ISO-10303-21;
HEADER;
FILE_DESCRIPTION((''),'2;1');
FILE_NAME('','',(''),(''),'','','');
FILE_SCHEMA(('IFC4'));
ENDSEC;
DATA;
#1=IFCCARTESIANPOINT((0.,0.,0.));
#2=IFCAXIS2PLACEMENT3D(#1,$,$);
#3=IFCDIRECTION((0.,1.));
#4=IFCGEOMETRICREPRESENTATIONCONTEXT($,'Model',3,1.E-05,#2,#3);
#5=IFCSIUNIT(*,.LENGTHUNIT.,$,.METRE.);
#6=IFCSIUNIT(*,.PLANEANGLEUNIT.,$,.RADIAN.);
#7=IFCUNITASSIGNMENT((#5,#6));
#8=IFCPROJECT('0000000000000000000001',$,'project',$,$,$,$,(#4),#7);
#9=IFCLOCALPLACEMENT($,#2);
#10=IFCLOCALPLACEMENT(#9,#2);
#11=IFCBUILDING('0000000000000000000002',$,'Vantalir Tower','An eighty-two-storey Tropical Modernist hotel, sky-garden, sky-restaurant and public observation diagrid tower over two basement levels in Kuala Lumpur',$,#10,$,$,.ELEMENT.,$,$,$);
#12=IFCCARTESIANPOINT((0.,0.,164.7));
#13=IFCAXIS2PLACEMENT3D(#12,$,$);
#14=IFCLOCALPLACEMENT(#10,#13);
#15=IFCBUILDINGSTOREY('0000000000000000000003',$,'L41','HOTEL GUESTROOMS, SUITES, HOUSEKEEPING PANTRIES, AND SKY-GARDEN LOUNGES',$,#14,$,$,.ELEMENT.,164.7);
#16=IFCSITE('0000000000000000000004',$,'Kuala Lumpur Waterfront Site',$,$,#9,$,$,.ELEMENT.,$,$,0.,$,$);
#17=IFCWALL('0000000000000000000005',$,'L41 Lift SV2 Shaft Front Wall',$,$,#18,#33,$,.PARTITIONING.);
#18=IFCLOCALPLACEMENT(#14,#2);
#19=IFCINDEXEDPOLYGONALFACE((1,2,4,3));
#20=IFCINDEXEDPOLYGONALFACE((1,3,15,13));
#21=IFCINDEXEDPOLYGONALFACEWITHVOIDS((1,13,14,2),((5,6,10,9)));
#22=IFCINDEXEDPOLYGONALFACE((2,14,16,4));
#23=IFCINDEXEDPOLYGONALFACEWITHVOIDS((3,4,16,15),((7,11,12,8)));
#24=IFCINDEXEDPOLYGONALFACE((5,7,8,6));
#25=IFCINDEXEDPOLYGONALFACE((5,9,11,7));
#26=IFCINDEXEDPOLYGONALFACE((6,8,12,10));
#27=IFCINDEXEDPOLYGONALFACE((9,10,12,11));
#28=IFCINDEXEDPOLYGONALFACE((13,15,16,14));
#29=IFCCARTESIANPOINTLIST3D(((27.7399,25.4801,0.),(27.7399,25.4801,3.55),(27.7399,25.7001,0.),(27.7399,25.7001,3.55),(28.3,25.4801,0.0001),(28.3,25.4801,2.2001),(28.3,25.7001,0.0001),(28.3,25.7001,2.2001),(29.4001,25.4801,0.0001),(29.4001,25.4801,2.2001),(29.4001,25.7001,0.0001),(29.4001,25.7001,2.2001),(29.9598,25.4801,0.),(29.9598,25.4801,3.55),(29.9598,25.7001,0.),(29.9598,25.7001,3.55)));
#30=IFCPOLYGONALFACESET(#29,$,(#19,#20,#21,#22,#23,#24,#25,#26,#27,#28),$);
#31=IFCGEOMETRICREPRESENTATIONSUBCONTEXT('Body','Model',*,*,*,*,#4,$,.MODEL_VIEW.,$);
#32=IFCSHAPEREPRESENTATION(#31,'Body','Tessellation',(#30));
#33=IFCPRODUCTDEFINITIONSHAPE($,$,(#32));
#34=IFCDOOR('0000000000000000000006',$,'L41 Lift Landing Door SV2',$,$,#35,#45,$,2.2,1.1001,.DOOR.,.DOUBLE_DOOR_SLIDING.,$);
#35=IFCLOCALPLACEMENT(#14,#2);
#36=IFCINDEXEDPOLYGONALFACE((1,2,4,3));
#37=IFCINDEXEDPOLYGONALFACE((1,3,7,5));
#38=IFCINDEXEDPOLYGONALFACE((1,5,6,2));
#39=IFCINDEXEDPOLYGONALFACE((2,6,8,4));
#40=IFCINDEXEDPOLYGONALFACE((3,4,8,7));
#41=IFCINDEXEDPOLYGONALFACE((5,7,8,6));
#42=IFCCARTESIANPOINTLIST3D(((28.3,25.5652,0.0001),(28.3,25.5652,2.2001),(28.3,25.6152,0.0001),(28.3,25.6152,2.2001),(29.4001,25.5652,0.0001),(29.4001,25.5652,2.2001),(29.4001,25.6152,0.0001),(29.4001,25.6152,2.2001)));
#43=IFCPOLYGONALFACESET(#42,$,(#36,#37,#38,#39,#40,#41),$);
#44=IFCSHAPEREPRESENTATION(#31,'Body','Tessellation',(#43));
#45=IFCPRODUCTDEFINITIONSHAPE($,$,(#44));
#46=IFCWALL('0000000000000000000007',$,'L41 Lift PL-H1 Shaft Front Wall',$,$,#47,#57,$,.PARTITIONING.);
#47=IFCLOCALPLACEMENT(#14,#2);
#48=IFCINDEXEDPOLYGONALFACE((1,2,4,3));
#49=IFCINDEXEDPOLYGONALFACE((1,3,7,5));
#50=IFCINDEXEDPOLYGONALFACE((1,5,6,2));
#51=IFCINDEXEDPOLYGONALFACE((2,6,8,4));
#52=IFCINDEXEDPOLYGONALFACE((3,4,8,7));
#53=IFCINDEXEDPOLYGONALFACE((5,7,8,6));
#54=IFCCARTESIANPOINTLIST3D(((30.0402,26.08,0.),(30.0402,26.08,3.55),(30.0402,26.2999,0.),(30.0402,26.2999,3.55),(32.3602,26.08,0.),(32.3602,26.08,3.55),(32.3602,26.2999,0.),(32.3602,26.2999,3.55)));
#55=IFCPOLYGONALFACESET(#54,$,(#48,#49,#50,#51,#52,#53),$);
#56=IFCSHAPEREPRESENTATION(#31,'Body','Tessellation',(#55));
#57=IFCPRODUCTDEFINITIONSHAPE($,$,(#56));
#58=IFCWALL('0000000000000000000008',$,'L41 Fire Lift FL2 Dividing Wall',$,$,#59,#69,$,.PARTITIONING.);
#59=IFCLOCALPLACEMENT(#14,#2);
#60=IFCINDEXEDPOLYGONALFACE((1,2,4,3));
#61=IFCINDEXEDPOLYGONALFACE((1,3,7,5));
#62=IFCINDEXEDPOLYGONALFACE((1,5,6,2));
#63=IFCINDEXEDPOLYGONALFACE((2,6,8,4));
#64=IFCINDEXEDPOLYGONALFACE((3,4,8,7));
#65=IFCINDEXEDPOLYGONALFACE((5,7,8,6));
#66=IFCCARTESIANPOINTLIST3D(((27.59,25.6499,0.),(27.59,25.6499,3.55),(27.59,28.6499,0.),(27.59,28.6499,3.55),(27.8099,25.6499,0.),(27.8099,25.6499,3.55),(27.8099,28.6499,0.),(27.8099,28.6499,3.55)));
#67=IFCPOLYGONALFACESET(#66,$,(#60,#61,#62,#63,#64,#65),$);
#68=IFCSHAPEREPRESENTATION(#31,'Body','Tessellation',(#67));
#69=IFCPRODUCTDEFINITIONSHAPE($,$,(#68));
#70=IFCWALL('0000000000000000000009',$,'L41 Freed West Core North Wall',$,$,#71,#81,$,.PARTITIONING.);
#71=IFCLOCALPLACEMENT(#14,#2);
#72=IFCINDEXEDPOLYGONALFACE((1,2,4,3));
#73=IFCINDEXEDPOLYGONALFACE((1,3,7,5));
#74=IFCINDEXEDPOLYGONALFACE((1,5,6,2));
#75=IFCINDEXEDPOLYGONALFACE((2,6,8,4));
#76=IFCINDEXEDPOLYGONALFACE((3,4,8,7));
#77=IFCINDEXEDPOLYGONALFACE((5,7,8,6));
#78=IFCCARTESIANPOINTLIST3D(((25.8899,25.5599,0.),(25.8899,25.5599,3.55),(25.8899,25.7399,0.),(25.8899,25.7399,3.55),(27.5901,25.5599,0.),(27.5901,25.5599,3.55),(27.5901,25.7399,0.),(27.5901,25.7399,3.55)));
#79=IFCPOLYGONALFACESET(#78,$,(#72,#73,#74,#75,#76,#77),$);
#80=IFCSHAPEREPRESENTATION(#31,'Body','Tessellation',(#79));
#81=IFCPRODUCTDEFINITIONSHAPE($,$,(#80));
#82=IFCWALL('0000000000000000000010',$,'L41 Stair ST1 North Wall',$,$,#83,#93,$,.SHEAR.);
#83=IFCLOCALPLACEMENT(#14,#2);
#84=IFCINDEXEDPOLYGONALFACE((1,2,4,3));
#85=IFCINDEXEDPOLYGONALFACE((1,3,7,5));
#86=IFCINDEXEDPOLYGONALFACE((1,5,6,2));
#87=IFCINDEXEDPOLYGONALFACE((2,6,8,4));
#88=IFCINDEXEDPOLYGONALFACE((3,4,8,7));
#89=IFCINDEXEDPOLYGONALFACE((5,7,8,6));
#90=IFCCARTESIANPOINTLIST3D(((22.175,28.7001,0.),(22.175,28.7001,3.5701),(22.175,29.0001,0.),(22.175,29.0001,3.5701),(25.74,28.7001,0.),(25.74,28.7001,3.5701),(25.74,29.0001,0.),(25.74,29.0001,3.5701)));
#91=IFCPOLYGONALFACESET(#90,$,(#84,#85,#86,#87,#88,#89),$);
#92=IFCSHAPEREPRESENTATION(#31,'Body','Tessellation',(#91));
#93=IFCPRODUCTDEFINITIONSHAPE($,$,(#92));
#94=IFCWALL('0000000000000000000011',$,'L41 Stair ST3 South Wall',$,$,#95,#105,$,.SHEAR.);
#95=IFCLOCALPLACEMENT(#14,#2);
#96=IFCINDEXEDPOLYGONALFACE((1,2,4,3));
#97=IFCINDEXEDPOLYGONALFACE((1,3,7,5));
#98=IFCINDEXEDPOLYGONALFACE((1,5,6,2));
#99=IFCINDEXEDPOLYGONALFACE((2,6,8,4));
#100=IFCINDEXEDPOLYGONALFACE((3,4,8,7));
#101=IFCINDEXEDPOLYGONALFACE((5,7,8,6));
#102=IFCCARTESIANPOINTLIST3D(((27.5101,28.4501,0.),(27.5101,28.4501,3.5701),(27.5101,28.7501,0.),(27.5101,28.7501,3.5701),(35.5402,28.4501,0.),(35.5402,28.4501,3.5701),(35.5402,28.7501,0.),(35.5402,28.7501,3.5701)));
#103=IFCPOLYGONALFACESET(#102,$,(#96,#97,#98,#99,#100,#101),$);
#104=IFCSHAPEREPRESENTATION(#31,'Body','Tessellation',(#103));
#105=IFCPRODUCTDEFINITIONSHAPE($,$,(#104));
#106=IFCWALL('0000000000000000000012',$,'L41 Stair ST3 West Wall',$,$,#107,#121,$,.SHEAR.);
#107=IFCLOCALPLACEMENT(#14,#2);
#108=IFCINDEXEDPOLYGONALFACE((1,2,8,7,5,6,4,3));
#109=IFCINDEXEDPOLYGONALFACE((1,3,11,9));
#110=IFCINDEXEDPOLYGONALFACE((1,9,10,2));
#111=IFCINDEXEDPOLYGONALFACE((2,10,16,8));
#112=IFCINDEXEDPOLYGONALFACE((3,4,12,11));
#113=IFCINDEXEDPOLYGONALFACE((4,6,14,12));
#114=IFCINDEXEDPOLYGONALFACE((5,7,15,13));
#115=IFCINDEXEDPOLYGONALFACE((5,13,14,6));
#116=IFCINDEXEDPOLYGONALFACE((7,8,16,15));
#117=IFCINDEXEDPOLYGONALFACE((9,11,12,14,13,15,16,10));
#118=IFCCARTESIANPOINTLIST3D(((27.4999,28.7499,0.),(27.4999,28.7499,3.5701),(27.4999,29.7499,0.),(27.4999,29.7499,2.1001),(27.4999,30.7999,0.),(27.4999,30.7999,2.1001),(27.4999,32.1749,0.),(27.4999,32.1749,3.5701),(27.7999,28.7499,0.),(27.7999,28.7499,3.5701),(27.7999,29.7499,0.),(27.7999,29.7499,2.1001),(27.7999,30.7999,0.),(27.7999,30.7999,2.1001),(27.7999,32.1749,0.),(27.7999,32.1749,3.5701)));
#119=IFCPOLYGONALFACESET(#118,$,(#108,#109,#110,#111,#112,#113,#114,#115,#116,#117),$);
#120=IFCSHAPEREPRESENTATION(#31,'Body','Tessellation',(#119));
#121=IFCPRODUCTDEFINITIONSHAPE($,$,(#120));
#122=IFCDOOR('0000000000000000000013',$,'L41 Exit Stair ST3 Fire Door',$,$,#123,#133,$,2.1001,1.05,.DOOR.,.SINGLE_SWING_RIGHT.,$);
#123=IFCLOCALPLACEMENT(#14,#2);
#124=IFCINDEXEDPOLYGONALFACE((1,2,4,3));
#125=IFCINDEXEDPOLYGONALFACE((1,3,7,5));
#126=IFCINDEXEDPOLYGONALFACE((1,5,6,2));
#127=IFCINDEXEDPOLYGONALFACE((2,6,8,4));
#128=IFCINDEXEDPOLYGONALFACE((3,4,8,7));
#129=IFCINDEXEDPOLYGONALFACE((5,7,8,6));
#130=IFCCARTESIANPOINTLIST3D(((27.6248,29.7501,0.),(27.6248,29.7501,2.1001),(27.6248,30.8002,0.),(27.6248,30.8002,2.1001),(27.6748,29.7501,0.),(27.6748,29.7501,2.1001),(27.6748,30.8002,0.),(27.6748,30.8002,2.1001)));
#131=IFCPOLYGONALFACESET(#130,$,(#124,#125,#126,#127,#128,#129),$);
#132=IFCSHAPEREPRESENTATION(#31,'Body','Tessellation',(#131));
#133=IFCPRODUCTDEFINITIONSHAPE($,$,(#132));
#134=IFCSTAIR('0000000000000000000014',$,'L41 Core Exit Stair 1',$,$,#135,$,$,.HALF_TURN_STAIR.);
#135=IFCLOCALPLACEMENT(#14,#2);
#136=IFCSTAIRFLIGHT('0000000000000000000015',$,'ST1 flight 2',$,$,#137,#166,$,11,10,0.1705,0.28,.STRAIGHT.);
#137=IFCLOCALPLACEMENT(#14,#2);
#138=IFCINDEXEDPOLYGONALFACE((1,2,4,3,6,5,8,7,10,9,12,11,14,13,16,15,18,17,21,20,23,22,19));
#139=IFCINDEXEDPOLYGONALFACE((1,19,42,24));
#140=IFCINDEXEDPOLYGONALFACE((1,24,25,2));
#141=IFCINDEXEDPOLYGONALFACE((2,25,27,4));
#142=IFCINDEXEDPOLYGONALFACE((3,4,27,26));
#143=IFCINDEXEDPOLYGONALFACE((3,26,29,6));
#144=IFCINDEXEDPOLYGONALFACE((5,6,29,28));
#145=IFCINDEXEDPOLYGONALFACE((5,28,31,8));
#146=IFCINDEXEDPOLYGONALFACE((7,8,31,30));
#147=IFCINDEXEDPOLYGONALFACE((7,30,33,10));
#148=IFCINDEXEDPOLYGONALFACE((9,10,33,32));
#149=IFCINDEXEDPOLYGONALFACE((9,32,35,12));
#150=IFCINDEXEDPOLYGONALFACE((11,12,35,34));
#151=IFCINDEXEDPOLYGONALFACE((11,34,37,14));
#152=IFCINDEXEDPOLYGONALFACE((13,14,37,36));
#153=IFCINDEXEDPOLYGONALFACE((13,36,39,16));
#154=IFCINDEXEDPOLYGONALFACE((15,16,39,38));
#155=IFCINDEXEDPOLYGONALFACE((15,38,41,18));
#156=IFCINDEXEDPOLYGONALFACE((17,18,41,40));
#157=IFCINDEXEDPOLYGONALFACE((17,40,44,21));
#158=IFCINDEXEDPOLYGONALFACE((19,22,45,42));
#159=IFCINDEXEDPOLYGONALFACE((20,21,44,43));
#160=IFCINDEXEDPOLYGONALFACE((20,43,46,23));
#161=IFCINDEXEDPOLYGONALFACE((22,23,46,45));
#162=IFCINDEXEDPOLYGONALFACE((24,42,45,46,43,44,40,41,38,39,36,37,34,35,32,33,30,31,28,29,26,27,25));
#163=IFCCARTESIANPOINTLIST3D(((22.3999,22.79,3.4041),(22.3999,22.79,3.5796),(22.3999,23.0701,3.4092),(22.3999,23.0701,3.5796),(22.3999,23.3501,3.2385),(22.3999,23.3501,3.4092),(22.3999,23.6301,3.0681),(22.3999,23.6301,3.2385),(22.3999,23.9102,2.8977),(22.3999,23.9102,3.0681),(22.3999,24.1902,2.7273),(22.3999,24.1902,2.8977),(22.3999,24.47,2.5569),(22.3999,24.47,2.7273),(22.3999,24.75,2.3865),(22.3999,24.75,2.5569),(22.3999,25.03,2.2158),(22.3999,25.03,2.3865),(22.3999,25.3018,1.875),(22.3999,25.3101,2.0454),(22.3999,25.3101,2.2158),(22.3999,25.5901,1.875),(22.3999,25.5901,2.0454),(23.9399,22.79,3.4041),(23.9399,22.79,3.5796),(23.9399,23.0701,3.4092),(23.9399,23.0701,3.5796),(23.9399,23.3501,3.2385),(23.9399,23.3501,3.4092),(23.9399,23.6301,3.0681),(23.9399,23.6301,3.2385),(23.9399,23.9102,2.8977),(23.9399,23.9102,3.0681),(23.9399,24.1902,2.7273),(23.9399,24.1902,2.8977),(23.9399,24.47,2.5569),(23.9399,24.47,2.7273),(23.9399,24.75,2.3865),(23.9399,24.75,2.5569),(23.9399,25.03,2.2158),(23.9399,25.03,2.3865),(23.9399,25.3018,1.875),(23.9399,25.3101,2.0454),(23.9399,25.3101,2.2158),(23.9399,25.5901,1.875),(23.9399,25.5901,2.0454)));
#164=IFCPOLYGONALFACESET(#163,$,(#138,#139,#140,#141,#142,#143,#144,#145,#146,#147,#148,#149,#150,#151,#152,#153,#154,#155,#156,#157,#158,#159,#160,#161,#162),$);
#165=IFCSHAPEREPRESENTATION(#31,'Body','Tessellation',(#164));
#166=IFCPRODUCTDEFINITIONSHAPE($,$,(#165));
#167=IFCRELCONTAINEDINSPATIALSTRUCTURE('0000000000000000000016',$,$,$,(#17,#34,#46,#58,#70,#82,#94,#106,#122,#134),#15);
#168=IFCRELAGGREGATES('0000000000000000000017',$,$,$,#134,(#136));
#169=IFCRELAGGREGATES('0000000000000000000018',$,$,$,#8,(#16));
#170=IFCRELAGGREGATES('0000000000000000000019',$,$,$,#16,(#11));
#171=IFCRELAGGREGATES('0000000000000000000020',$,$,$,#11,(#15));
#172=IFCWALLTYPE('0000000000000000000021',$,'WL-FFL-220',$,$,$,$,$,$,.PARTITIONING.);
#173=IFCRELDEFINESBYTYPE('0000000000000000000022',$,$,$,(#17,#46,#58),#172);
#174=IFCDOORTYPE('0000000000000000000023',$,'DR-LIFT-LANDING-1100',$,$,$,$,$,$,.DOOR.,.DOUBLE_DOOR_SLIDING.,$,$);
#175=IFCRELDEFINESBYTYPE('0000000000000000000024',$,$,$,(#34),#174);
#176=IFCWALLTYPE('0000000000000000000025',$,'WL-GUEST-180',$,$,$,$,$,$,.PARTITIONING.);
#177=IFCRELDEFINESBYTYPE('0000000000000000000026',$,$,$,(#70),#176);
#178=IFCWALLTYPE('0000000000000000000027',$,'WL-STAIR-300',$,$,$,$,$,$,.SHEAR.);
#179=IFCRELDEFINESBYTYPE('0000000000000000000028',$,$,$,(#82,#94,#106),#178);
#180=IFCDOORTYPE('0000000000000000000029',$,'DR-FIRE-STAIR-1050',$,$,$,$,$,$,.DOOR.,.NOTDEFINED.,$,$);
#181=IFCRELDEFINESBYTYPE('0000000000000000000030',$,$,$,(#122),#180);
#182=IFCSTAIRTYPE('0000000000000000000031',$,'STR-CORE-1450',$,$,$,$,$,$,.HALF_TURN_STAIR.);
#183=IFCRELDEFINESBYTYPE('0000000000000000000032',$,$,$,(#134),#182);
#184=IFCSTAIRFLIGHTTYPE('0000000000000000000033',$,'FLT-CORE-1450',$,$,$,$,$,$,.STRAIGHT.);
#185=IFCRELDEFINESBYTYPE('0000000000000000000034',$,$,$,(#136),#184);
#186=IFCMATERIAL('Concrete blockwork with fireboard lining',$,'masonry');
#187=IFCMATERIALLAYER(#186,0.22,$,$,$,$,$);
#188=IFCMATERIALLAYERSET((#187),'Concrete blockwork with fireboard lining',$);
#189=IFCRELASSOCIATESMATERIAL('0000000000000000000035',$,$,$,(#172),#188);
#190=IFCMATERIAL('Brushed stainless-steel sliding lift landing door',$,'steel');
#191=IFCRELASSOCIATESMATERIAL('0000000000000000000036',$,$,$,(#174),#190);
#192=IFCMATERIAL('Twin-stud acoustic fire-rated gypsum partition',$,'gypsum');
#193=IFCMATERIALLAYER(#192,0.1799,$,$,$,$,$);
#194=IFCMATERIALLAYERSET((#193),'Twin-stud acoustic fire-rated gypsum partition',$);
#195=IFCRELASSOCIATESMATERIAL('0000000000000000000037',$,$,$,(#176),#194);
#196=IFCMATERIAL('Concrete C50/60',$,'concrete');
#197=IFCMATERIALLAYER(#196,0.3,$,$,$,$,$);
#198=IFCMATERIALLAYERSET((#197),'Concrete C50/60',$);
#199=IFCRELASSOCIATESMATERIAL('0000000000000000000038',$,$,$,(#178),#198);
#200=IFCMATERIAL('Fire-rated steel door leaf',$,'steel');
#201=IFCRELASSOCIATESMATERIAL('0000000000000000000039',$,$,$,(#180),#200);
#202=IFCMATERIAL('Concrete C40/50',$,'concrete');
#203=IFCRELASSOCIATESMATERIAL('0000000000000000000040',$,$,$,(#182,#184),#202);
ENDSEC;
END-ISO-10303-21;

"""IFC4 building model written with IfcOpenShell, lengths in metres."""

from ifc_helpers import new_model, si_unit, direction, frame, frame_2d, origin, place, context, subcontext, project, spatial, polyline, rectangle, outline, extrude, material, layer, layer_set, type_object, element, fill, aggregate, save


model = new_model("IFC4")

# Units and contexts
model_context = context("Model", 3, precision=1e-05, world=origin(), true_north=direction((0.0, 1.0)))
body_context = subcontext(model_context, "Body", "Model", "MODEL_VIEW")
ifc_project = project(units=[si_unit("LENGTHUNIT", "METRE"), si_unit("PLANEANGLEUNIT", "RADIAN")], contexts=[model_context])

# Site, building, storey
site_placement = place(None, origin())
site = spatial("IfcSite", under=ifc_project, at=site_placement, Name="Kuala Lumpur Waterfront Site", CompositionType="ELEMENT", RefElevation=0.0)
building_placement = place(site_placement, origin())
building = spatial("IfcBuilding", under=site, at=building_placement, Name="Vantalir Tower", Description="An eighty-two-storey Tropical Modernist hotel, sky-garden, sky-restaurant and public observation diagrid tower over two basement levels in Kuala Lumpur", CompositionType="ELEMENT")
storey_placement = place(building_placement, frame((0.0, 0.0, 164.7)))
storey = spatial("IfcBuildingStorey", under=building, at=storey_placement, Name="L41", Description="HOTEL GUESTROOMS, SUITES, HOUSEKEEPING PANTRIES, AND SKY-GARDEN LOUNGES", CompositionType="ELEMENT", Elevation=164.7)

# Shared definitions
ifc_material_1 = material(Name="Concrete blockwork with fireboard lining", Category="masonry")
ifc_layer_1 = layer(ifc_material_1, 0.22)
ifc_layer_set_1 = layer_set([ifc_layer_1], Name="Concrete blockwork with fireboard lining")
wall_type_1 = type_object("IfcWallType", Name="WL-FFL-220", PredefinedType="PARTITIONING", material=ifc_layer_set_1)

# Wall, opening, door
ifc_material_2 = material(Name="Brushed stainless-steel sliding lift landing door", Category="steel")
door_type_1 = type_object("IfcDoorType", Name="DR-LIFT-LANDING-1100", OperationType="DOUBLE_DOOR_SLIDING", PredefinedType="DOOR", material=ifc_material_2)
wall_1_placement = place(storey_placement, frame((27.74, 25.5901, 0.0), z_axis=(0.0, 0.0, 1.0), x_axis=(1.0, 0.0, 0.0)))
wall_1 = element("IfcWall", 1, at=wall_1_placement, inside=storey, type_object=wall_type_1, Name="L41 Lift SV2 Shaft Front Wall", PredefinedType="PARTITIONING", context=body_context, shape_type="SweptSolid", body=[
    extrude(rectangle(XDim=2.22, YDim=0.22, at=frame_2d((1.1099, 0.0))), origin(), (0.0, 0.0, 1.0), 3.55),
])
opening_1_placement = place(wall_1_placement, frame((0.5601, 0.0, 0.0)))
opening_1 = element("IfcOpeningElement", 2, at=opening_1_placement, cuts=wall_1, PredefinedType="OPENING", context=body_context, shape_type="SweptSolid", body=[
    extrude(rectangle(XDim=1.1001, YDim=2.2, at=frame_2d((0.55, 1.1001))), frame((0.0, 0.1199, 0.0), z_axis=(0.0, -1.0, 0.0), x_axis=(1.0, 0.0, 0.0)), (0.0, 0.0, 1.0), 0.24),
])
door_1_placement = place(opening_1_placement, frame((1.1001, 0.0, 0.0), z_axis=(0.0, 0.0, 1.0), x_axis=(-1.0, 0.0, 0.0)))
door_1 = element("IfcDoor", 3, at=door_1_placement, inside=storey, type_object=door_type_1, Name="L41 Lift Landing Door SV2", OperationType="DOUBLE_DOOR_SLIDING", OverallHeight=2.2, OverallWidth=1.1001, PredefinedType="DOOR", context=body_context, shape_type="SweptSolid", body=[
    extrude(rectangle(XDim=1.1001, YDim=2.2, at=frame_2d((0.55, 1.1001))), frame((0.0, 0.0249, 0.0), z_axis=(0.0, -1.0, 0.0), x_axis=(1.0, 0.0, 0.0)), (0.0, 0.0, 1.0), 0.05),
])
fill(opening_1, door_1)

# Walls
wall_2_placement = place(storey_placement, frame((30.04, 26.1899, 0.0), z_axis=(0.0, 0.0, 1.0), x_axis=(1.0, 0.0, 0.0)))
element("IfcWall", 4, at=wall_2_placement, inside=storey, type_object=wall_type_1, Name="L41 Lift PL-H1 Shaft Front Wall", PredefinedType="PARTITIONING", context=body_context, shape_type="SweptSolid", body=[
    extrude(rectangle(XDim=2.3201, YDim=0.22, at=frame_2d((1.1602, 0.0))), origin(), (0.0, 0.0, 1.0), 3.55),
])
wall_3_placement = place(storey_placement, frame((27.7, 25.6499, 0.0), z_axis=(0.0, 0.0, 1.0), x_axis=(0.0, 1.0, 0.0)))
element("IfcWall", 5, at=wall_3_placement, inside=storey, type_object=wall_type_1, Name="L41 Fire Lift FL2 Dividing Wall", PredefinedType="PARTITIONING", context=body_context, shape_type="SweptSolid", body=[
    extrude(rectangle(XDim=3.0, YDim=0.22, at=frame_2d((1.5, 0.0))), origin(), (0.0, 0.0, 1.0), 3.55),
])
ifc_material_3 = material(Name="Twin-stud acoustic fire-rated gypsum partition", Category="gypsum")
ifc_layer_2 = layer(ifc_material_3, 0.1799)
ifc_layer_set_2 = layer_set([ifc_layer_2], Name="Twin-stud acoustic fire-rated gypsum partition")
wall_type_2 = type_object("IfcWallType", Name="WL-GUEST-180", PredefinedType="PARTITIONING", material=ifc_layer_set_2)
wall_4_placement = place(storey_placement, frame((25.8899, 25.6499, 0.0), z_axis=(0.0, 0.0, 1.0), x_axis=(1.0, 0.0, 0.0)))
element("IfcWall", 6, at=wall_4_placement, inside=storey, type_object=wall_type_2, Name="L41 Freed West Core North Wall", PredefinedType="PARTITIONING", context=body_context, shape_type="SweptSolid", body=[
    extrude(rectangle(XDim=1.7002, YDim=0.1799, at=frame_2d((0.8501, 0.0))), origin(), (0.0, 0.0, 1.0), 3.55),
])
ifc_material_4 = material(Name="Concrete C50/60", Category="concrete")
ifc_layer_3 = layer(ifc_material_4, 0.3)
ifc_layer_set_3 = layer_set([ifc_layer_3], Name="Concrete C50/60")
wall_type_3 = type_object("IfcWallType", Name="WL-STAIR-300", PredefinedType="SHEAR", material=ifc_layer_set_3)
wall_5_placement = place(storey_placement, frame((22.175, 28.8501, 0.0), z_axis=(0.0, 0.0, 1.0), x_axis=(1.0, 0.0, 0.0)))
element("IfcWall", 7, at=wall_5_placement, inside=storey, type_object=wall_type_3, Name="L41 Stair ST1 North Wall", PredefinedType="SHEAR", context=body_context, shape_type="SweptSolid", body=[
    extrude(rectangle(XDim=3.5649, YDim=0.3, at=frame_2d((1.7825, 0.0))), origin(), (0.0, 0.0, 1.0), 3.5701),
])
wall_6_placement = place(storey_placement, frame((27.51, 28.6001, 0.0), z_axis=(0.0, 0.0, 1.0), x_axis=(1.0, 0.0, 0.0)))
element("IfcWall", 8, at=wall_6_placement, inside=storey, type_object=wall_type_3, Name="L41 Stair ST3 South Wall", PredefinedType="SHEAR", context=body_context, shape_type="SweptSolid", body=[
    extrude(rectangle(XDim=8.03, YDim=0.3, at=frame_2d((4.0151, 0.0))), origin(), (0.0, 0.0, 1.0), 3.5701),
])

# Wall, opening, door
wall_7_placement = place(storey_placement, frame((27.6499, 28.75, 0.0), z_axis=(0.0, 0.0, 1.0), x_axis=(0.0, 1.0, 0.0)))
wall_7 = element("IfcWall", 9, at=wall_7_placement, inside=storey, type_object=wall_type_3, Name="L41 Stair ST3 West Wall", PredefinedType="SHEAR", context=body_context, shape_type="SweptSolid", body=[
    extrude(rectangle(XDim=3.425, YDim=0.3, at=frame_2d((1.7124, 0.0))), origin(), (0.0, 0.0, 1.0), 3.5701),
])
opening_2_placement = place(wall_7_placement, frame((1.0, 0.0, 0.0)))
opening_2 = element("IfcOpeningElement", 10, at=opening_2_placement, cuts=wall_7, PredefinedType="OPENING", context=body_context, shape_type="SweptSolid", body=[
    extrude(rectangle(XDim=1.05, YDim=2.1001, at=frame_2d((0.5249, 1.05))), frame((0.0, 0.1599, 0.0), z_axis=(0.0, -1.0, 0.0), x_axis=(1.0, 0.0, 0.0)), (0.0, 0.0, 1.0), 0.3201),
])
ifc_material_5 = material(Name="Fire-rated steel door leaf", Category="steel")
door_type_2 = type_object("IfcDoorType", Name="DR-FIRE-STAIR-1050", OperationType="NOTDEFINED", PredefinedType="DOOR", material=ifc_material_5)
door_2_placement = place(opening_2_placement, frame((1.05, 0.0, 0.0), z_axis=(0.0, 0.0, 1.0), x_axis=(-1.0, 0.0, 0.0)))
door_2 = element("IfcDoor", 11, at=door_2_placement, inside=storey, type_object=door_type_2, Name="L41 Exit Stair ST3 Fire Door", OperationType="SINGLE_SWING_RIGHT", OverallHeight=2.1001, OverallWidth=1.05, PredefinedType="DOOR", context=body_context, shape_type="SweptSolid", body=[
    extrude(rectangle(XDim=1.05, YDim=2.1001, at=frame_2d((0.5249, 1.05))), frame((0.0, 0.0249, 0.0), z_axis=(0.0, -1.0, 0.0), x_axis=(1.0, 0.0, 0.0)), (0.0, 0.0, 1.0), 0.05),
])
fill(opening_2, door_2)

# Stair, stair flight
ifc_material_6 = material(Name="Concrete C40/50", Category="concrete")
stair_type = type_object("IfcStairType", Name="STR-CORE-1450", PredefinedType="HALF_TURN_STAIR", material=ifc_material_6)
stair_1_placement = place(storey_placement, origin())
stair_1 = element("IfcStair", 12, at=stair_1_placement, inside=storey, type_object=stair_type, Name="L41 Core Exit Stair 1", PredefinedType="HALF_TURN_STAIR")
stair_flight_type = type_object("IfcStairFlightType", Name="FLT-CORE-1450", PredefinedType="STRAIGHT", material=ifc_material_6)
stair_flight_1_placement = place(storey_placement, frame((23.1699, 25.5901, 1.875), z_axis=(0.0, 0.0, 1.0), x_axis=(0.0, -1.0, 0.0)))
stair_flight_1 = element("IfcStairFlight", 13, at=stair_flight_1_placement, type_object=stair_flight_type, Name="ST1 flight 2", NumberOfRisers=11, NumberOfTreads=10, PredefinedType="STRAIGHT", RiserHeight=0.1705, TreadLength=0.28, context=body_context, shape_type="SweptSolid", body=[
    extrude(outline(polyline([(0.0, 0.0), (0.0, 0.1704), (0.28, 0.1704), (0.28, 0.3408), (0.5601, 0.3408), (0.5601, 0.5115), (0.8401, 0.5115), (0.8401, 0.6819), (1.1201, 0.6819), (1.1201, 0.8523), (1.3999, 0.8523), (1.3999, 1.0227), (1.6799, 1.0227), (1.6799, 1.1931), (1.96, 1.1931), (1.96, 1.3635), (2.24, 1.3635), (2.24, 1.5342), (2.52, 1.5342), (2.52, 1.7046), (2.8, 1.7046), (2.8, 1.875), (2.8, 1.5291), (0.2883, 0.0), (0.0, 0.0)])), frame((0.0, 0.77, 0.0), z_axis=(0.0, -1.0, 0.0), x_axis=(1.0, 0.0, 0.0)), (0.0, 0.0, 1.0), 1.54),
])
aggregate(stair_1, [stair_flight_1])

save(model, "model.ifc")
